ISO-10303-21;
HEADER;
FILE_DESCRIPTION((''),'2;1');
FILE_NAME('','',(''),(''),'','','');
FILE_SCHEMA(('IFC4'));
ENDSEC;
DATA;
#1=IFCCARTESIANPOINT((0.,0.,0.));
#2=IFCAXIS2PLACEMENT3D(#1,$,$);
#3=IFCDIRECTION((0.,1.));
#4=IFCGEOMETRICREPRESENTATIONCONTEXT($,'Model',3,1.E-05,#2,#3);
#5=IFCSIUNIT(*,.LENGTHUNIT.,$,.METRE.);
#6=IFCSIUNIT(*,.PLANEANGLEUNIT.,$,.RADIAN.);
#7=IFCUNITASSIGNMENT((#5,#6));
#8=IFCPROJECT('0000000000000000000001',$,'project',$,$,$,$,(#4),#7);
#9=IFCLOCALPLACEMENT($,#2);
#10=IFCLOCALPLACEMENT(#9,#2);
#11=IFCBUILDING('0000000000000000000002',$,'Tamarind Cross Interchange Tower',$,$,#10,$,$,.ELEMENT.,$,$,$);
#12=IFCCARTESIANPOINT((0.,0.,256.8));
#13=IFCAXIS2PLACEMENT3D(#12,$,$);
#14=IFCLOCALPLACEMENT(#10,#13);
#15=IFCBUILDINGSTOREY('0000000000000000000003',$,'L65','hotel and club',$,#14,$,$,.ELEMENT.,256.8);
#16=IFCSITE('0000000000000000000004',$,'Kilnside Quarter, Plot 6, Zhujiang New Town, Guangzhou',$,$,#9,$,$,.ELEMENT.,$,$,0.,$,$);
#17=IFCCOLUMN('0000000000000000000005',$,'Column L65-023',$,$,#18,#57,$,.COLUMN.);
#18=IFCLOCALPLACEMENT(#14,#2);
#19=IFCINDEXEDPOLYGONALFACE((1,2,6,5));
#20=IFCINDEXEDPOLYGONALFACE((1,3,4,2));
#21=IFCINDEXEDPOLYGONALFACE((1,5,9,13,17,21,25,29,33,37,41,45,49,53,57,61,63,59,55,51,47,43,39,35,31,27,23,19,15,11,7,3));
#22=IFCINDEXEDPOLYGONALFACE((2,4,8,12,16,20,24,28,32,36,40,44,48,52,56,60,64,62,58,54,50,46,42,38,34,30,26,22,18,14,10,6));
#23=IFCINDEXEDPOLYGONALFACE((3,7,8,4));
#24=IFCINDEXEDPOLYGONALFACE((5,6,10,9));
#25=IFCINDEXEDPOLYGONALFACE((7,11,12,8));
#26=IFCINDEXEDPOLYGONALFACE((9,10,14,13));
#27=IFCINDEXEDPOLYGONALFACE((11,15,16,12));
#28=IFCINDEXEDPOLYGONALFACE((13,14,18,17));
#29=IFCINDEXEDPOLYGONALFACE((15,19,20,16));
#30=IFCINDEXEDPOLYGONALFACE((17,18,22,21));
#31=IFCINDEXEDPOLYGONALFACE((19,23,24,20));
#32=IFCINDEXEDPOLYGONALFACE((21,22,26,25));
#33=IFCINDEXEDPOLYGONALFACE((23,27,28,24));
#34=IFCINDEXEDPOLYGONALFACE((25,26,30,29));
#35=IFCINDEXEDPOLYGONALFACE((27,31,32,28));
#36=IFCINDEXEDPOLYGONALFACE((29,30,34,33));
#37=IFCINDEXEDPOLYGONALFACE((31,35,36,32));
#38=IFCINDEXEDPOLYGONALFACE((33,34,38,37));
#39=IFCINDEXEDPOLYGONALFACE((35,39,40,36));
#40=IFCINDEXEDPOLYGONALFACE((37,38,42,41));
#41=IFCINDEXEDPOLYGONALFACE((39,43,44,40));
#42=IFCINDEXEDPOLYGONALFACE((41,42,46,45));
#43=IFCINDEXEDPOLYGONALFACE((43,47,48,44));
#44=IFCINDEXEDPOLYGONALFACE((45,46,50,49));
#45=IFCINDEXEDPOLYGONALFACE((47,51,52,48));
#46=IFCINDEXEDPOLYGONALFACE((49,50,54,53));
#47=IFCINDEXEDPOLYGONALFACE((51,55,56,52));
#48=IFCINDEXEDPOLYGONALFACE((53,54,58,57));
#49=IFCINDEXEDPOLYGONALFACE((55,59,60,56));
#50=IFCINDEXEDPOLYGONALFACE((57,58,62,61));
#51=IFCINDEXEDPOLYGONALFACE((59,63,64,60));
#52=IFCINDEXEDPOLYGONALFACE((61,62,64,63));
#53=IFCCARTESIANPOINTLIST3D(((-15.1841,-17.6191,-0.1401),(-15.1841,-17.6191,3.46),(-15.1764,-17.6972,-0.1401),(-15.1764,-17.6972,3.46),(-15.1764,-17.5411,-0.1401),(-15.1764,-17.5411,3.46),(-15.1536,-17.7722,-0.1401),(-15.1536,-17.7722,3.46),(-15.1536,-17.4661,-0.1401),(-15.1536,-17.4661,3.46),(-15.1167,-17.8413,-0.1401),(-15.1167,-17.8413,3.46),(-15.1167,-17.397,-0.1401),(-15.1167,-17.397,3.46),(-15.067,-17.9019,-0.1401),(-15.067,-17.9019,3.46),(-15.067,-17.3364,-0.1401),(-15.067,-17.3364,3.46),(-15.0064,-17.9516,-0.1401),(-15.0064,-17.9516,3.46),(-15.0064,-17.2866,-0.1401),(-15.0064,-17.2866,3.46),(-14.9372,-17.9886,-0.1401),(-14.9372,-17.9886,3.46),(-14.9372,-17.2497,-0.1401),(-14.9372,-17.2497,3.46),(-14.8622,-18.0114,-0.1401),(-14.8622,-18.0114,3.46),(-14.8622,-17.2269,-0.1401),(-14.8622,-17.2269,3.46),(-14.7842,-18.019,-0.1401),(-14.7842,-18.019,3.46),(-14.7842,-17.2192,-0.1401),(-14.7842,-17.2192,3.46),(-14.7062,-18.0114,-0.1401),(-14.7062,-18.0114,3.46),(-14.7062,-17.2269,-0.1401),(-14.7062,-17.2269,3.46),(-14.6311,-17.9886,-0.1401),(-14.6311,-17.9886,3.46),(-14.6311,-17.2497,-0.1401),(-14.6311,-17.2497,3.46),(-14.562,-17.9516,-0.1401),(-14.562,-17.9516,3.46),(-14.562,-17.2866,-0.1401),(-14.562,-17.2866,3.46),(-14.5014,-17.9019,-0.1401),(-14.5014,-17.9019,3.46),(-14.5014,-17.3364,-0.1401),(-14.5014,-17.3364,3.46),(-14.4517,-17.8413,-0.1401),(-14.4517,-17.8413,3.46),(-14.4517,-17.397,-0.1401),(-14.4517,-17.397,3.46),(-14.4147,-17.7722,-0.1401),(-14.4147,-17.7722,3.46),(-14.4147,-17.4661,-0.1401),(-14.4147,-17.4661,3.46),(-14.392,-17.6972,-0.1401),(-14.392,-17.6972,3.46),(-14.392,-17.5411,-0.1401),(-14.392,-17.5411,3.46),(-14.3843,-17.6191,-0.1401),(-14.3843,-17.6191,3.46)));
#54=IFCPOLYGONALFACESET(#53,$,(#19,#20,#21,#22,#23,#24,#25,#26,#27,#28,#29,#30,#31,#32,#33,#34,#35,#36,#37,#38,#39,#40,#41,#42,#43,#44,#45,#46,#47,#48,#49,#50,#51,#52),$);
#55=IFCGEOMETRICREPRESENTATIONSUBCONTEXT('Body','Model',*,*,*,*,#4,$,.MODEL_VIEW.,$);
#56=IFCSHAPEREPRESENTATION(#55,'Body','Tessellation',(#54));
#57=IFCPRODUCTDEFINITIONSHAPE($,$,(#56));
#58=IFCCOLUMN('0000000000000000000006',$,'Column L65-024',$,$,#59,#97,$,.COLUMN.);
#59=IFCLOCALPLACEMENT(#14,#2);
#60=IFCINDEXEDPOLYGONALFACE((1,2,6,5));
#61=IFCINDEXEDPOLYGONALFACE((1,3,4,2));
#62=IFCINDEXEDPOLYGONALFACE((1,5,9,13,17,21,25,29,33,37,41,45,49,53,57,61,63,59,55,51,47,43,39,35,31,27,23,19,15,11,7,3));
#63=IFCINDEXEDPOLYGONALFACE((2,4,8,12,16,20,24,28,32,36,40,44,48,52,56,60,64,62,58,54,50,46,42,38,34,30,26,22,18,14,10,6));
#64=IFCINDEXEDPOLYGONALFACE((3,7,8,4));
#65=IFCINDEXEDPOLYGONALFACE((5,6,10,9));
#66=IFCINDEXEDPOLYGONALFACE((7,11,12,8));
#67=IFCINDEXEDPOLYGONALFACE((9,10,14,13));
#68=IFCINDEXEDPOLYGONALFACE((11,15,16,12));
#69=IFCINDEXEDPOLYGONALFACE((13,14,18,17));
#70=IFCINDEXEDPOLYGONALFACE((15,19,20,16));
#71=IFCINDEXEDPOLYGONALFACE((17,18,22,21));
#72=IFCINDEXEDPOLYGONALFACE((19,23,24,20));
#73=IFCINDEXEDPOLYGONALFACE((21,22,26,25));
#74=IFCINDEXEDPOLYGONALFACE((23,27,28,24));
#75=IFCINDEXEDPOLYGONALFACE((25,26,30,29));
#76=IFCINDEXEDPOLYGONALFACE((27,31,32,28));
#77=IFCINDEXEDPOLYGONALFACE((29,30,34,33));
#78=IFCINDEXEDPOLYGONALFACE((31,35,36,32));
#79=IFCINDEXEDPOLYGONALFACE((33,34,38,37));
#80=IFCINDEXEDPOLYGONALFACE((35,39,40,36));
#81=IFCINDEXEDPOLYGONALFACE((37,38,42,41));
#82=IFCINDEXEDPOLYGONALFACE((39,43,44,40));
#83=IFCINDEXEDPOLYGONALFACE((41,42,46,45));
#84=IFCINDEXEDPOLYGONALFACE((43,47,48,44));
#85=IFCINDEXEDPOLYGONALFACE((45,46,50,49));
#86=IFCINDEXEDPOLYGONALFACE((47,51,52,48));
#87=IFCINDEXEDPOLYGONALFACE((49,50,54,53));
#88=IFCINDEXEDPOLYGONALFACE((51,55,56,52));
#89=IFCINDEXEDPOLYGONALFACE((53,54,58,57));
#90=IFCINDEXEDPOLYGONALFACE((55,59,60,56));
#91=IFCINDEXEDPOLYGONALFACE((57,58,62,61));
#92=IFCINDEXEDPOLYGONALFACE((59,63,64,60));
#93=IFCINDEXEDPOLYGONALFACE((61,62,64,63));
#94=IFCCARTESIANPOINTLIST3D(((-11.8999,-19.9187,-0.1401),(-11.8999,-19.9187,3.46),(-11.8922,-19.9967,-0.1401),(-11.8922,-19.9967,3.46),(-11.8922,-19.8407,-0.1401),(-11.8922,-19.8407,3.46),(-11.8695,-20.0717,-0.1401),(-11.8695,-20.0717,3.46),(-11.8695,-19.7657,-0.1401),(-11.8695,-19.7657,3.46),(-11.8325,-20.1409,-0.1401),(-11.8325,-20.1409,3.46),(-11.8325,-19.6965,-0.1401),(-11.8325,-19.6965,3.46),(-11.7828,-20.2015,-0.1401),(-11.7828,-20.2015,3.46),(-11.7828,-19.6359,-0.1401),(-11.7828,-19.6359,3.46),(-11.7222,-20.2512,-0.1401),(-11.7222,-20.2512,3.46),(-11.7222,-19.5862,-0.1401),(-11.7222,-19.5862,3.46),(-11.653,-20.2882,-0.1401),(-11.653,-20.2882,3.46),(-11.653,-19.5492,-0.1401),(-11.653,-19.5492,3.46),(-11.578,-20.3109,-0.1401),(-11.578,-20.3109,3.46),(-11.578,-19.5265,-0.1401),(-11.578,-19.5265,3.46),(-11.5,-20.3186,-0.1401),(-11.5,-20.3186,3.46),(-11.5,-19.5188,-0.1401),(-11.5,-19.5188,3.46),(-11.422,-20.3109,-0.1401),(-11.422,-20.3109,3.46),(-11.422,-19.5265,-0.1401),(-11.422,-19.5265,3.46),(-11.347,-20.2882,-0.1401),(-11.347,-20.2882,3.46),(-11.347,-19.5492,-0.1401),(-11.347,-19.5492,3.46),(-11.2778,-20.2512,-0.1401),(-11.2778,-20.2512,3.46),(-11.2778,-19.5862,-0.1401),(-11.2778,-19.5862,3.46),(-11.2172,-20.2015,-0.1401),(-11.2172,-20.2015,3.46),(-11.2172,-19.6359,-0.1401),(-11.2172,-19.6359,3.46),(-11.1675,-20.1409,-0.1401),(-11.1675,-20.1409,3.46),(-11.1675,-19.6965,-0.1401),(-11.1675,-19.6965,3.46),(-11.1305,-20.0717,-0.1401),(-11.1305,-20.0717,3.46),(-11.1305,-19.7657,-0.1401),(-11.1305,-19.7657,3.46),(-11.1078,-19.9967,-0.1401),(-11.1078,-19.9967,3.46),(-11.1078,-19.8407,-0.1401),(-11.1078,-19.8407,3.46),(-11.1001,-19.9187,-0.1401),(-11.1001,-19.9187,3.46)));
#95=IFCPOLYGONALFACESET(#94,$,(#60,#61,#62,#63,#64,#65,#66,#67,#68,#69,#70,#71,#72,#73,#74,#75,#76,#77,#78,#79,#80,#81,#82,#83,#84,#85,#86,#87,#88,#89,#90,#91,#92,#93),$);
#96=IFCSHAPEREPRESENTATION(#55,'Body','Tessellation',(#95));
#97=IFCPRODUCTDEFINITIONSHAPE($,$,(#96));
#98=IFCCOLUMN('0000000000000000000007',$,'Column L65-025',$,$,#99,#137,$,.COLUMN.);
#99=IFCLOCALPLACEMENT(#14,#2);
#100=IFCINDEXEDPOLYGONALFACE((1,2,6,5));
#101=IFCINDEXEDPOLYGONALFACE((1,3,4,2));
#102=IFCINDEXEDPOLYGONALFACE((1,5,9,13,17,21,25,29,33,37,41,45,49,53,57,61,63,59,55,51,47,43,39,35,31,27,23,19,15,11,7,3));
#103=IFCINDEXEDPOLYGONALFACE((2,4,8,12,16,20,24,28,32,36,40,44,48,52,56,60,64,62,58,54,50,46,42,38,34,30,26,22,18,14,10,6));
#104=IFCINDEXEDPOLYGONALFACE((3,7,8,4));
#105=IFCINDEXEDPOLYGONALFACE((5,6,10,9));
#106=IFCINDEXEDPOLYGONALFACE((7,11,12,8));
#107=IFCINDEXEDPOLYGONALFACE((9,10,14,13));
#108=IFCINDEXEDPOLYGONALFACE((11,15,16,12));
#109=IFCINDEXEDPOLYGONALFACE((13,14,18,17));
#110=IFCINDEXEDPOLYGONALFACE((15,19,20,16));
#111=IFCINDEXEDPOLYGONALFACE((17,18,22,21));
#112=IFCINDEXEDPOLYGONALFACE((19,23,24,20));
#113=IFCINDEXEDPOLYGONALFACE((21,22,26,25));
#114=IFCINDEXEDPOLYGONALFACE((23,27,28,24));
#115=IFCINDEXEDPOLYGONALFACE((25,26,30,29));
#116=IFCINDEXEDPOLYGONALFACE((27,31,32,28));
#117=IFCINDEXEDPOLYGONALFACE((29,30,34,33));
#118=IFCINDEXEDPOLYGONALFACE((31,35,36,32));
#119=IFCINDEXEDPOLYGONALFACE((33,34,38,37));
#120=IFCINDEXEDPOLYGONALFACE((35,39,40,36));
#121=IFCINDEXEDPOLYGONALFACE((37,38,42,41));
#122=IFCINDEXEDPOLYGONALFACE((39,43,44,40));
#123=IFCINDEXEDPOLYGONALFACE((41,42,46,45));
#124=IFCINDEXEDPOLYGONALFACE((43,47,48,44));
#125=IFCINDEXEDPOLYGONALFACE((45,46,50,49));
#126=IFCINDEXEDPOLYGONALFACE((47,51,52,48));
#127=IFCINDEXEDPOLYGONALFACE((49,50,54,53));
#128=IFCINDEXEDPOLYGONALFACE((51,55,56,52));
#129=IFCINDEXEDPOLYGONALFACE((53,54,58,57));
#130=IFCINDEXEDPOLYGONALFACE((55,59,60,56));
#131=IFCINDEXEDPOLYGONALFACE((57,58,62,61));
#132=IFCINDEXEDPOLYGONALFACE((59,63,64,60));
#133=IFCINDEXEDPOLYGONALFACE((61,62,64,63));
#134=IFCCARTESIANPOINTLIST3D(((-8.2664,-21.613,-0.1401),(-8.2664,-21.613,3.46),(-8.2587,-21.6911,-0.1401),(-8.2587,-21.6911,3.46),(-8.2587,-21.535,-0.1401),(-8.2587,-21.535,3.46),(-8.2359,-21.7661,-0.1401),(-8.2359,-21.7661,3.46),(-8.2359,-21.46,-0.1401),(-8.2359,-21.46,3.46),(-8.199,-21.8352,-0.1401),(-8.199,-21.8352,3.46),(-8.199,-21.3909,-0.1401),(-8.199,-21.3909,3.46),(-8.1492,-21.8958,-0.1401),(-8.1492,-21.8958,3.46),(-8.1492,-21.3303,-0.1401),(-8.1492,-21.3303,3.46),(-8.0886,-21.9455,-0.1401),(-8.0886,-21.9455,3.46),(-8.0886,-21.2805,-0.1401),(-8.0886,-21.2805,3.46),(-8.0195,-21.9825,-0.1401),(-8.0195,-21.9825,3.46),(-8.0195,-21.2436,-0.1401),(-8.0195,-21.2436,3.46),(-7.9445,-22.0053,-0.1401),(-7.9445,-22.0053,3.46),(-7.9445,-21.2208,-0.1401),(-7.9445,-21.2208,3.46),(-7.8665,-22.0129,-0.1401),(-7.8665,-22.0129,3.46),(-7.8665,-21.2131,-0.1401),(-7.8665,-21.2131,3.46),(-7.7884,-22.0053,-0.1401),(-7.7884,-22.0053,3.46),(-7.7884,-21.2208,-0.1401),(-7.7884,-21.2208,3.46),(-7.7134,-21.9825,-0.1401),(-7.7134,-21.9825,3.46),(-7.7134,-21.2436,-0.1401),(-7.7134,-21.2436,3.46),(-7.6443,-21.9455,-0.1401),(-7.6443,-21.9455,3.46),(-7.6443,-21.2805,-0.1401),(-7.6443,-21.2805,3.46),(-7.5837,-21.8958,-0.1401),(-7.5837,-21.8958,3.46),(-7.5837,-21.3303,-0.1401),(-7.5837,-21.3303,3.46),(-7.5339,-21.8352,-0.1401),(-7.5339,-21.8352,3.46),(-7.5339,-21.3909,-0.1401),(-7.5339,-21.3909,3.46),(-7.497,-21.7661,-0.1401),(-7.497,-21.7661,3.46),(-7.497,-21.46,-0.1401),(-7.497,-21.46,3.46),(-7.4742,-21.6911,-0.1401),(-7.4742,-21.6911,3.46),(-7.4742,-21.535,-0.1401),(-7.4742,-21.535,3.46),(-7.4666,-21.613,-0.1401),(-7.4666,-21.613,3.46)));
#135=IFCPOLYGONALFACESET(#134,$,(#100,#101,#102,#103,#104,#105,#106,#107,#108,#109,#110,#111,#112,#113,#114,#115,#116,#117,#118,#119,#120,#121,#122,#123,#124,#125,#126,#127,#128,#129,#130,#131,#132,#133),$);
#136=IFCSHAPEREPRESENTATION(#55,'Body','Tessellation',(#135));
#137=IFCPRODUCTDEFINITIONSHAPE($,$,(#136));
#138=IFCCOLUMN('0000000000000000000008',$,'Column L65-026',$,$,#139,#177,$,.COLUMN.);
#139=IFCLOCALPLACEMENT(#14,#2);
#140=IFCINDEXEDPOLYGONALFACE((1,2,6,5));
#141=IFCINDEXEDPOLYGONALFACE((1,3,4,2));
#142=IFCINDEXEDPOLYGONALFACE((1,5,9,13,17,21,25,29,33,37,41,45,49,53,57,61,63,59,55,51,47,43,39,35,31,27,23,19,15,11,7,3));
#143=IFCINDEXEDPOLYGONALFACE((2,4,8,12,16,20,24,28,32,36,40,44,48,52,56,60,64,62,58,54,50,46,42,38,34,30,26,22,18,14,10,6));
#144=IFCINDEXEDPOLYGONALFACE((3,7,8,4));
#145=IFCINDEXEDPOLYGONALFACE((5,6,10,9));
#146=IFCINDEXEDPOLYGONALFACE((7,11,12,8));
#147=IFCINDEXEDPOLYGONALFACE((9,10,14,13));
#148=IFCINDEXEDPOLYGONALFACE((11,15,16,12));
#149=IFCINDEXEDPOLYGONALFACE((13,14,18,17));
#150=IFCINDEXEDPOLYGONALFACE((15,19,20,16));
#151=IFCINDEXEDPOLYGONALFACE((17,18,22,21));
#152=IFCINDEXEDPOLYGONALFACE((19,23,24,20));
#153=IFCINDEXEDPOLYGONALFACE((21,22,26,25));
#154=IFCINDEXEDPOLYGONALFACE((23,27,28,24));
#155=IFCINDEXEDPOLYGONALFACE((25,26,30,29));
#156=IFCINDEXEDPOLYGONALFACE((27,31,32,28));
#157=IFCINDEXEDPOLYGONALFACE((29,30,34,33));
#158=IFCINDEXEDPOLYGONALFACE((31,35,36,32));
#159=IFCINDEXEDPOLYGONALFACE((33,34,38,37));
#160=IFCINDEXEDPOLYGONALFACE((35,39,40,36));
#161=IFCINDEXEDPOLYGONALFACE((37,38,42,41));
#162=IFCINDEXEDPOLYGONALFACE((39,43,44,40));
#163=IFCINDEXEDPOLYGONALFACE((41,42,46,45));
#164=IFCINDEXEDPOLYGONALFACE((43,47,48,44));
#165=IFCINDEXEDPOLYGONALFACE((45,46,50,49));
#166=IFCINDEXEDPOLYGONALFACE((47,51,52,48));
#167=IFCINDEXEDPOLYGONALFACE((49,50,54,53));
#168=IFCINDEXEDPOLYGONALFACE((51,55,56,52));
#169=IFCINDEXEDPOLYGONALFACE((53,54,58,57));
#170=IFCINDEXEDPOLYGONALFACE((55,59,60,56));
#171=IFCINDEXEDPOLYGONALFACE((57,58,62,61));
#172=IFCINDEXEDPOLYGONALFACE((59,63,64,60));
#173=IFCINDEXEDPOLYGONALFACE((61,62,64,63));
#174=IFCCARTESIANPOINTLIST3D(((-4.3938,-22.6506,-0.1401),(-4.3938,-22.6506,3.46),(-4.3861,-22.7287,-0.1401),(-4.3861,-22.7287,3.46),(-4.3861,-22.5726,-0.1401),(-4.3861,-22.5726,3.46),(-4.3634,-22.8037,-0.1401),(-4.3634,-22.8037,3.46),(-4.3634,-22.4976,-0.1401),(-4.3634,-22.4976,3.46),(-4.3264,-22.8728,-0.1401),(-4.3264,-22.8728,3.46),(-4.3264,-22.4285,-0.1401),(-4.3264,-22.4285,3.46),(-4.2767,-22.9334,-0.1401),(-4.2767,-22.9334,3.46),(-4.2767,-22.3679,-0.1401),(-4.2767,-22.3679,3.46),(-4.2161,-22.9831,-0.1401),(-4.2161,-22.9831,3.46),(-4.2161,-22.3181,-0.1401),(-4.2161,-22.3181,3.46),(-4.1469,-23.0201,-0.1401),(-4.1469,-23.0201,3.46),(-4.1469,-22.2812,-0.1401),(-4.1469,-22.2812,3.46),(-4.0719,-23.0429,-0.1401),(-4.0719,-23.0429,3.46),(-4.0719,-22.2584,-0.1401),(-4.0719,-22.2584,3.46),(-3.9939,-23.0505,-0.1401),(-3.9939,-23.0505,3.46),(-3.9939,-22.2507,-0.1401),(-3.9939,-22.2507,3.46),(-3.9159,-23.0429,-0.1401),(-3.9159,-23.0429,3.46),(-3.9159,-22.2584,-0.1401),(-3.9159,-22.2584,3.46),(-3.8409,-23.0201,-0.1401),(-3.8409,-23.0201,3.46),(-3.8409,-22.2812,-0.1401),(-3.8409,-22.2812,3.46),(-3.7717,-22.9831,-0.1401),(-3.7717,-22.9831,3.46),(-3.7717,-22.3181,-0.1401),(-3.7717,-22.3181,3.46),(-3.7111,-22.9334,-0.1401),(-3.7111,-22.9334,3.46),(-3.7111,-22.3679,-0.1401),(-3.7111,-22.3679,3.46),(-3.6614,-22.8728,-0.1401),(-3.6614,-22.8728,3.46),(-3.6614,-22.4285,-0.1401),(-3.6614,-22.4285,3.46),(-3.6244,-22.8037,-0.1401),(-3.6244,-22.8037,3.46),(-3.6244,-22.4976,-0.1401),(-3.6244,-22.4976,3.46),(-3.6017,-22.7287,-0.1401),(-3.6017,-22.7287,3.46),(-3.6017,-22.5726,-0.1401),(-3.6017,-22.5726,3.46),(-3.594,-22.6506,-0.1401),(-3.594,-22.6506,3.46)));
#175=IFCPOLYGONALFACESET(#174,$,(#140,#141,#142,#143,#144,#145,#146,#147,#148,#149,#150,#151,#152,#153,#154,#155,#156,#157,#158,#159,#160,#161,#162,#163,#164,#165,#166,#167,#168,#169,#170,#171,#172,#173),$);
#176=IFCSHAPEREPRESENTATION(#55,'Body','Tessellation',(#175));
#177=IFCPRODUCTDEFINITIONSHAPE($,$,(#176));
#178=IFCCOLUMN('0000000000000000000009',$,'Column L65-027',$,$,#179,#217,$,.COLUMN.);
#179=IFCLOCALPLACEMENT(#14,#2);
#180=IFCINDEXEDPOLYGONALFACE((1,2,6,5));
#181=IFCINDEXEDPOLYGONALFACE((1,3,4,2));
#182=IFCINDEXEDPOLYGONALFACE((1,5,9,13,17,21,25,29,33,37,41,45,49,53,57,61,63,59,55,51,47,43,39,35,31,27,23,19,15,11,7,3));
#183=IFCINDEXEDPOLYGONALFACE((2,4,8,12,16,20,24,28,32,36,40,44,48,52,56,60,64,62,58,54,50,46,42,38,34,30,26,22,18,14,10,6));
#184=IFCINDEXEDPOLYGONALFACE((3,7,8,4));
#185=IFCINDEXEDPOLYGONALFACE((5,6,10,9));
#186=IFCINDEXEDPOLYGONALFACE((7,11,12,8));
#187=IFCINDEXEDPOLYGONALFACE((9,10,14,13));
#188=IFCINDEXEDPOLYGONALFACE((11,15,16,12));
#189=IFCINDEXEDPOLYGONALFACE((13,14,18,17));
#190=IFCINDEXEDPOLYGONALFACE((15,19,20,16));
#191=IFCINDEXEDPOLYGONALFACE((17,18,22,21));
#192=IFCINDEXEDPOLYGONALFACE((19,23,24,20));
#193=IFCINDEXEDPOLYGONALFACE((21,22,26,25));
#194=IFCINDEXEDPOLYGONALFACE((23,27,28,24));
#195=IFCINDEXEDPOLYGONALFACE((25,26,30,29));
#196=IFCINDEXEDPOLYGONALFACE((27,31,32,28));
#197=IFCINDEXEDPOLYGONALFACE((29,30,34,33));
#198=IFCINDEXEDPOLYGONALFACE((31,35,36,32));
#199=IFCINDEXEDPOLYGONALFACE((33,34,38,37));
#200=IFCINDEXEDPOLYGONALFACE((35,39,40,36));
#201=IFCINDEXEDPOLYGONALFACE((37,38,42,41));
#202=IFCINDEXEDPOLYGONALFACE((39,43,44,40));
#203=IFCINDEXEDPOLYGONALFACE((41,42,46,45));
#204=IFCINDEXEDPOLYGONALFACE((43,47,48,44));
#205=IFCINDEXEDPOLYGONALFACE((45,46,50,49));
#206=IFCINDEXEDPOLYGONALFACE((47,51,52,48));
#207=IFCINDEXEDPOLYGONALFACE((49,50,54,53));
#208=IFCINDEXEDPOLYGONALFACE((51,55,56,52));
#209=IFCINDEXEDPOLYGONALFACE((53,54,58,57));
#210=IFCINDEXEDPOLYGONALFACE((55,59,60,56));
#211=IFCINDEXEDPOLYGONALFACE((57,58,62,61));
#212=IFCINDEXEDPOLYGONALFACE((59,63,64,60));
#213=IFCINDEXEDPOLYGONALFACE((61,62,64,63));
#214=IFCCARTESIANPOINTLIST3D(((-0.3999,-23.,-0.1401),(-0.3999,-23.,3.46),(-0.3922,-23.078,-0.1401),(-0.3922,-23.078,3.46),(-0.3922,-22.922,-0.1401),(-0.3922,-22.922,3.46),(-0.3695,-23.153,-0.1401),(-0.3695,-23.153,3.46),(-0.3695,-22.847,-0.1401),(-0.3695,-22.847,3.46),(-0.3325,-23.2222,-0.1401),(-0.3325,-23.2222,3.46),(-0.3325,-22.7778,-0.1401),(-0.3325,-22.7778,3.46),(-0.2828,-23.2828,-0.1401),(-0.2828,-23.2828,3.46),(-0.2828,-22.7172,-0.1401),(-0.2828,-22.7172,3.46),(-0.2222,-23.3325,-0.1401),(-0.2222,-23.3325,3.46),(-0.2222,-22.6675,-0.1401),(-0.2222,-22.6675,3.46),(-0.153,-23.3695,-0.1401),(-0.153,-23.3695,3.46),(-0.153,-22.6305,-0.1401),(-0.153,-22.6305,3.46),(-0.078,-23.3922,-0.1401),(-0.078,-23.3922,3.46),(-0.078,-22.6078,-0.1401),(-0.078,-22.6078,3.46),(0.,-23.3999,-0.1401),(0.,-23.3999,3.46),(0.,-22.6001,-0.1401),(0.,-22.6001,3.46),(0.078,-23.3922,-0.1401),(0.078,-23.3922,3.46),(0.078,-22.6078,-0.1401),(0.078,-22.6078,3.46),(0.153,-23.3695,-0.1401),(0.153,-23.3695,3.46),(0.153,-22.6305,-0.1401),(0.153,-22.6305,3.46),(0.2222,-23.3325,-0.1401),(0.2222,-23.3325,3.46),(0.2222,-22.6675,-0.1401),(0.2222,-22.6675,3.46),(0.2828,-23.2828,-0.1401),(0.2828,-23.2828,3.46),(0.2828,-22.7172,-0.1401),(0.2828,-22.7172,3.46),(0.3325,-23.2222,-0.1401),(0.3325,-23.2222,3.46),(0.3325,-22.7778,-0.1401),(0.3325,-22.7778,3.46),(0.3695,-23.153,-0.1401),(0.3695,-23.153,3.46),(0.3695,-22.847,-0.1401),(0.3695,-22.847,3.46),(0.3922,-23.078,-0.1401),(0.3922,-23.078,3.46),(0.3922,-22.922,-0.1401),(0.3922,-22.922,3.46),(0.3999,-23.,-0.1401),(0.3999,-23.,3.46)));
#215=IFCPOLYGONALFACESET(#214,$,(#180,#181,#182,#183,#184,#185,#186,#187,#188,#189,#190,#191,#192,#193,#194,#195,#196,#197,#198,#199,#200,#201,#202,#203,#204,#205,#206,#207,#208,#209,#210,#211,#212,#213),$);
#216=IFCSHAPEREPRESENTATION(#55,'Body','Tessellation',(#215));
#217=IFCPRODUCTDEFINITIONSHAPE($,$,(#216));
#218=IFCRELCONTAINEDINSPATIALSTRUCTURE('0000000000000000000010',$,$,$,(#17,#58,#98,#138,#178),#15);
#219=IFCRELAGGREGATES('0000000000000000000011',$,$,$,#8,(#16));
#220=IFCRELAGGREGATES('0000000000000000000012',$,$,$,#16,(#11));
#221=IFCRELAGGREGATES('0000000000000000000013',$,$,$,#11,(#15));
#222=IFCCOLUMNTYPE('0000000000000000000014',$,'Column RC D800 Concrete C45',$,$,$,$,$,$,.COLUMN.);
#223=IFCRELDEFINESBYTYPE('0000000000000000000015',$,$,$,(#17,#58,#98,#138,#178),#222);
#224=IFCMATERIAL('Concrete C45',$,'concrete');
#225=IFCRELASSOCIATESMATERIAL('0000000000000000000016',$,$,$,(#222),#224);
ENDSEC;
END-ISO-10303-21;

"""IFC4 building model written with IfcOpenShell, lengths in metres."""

from ifc_helpers import new_model, si_unit, direction, frame, origin, origin_2d, place, context, subcontext, project, spatial, circle, extrude, material, material_profile, profile_set, type_object, element, save


model = new_model("IFC4")

# Units and contexts
model_context = context("Model", 3, precision=1e-05, world=origin(), true_north=direction((0.0, 1.0)))
body_context = subcontext(model_context, "Body", "Model", "MODEL_VIEW")
ifc_project = project(units=[si_unit("LENGTHUNIT", "METRE"), si_unit("PLANEANGLEUNIT", "RADIAN")], contexts=[model_context])

# Site, building, storey
site_placement = place(None, origin())
site = spatial("IfcSite", under=ifc_project, at=site_placement, Name="Kilnside Quarter, Plot 6, Zhujiang New Town, Guangzhou", CompositionType="ELEMENT", RefElevation=0.0)
building_placement = place(site_placement, origin())
building = spatial("IfcBuilding", under=site, at=building_placement, Name="Tamarind Cross Interchange Tower", CompositionType="ELEMENT")
storey_placement = place(building_placement, frame((0.0, 0.0, 256.8)))
storey = spatial("IfcBuildingStorey", under=building, at=storey_placement, Name="L65", Description="hotel and club", CompositionType="ELEMENT", Elevation=256.8)

# Columns
ifc_material_1 = material(Name="Concrete C45", Category="concrete")
ifc_material_profile_1 = material_profile(ifc_material_1, circle(Radius=0.3999, at=origin_2d()), Name="RC D800")
ifc_profile_set_1 = profile_set([ifc_material_profile_1], Name="Concrete C45")
column_type = type_object("IfcColumnType", Name="Column RC D800 Concrete C45", PredefinedType="COLUMN", material=ifc_profile_set_1)
for number, where, z_axis, x_axis, name in (
    (1, (-14.7842, -17.6191, -0.1401), (0.0, 0.0, 1.0), (1.0, 0.0, 0.0), "Column L65-023"),
    (2, (-11.5, -19.9187, -0.1401), (0.0, 0.0, 1.0), (1.0, 0.0, 0.0), "Column L65-024"),
    (3, (-7.8665, -21.613, -0.1401), (0.0, 0.0, 1.0), (1.0, 0.0, 0.0), "Column L65-025"),
    (4, (-3.9939, -22.6506, -0.1401), (0.0, 0.0, 1.0), (1.0, 0.0, 0.0), "Column L65-026"),
    (5, (0.0, -23.0, -0.1401), (0.0, 0.0, 1.0), (1.0, 0.0, 0.0), "Column L65-027"),
):
    element("IfcColumn", number, at=place(storey_placement, frame(where, z_axis=z_axis, x_axis=x_axis)), inside=storey, type_object=column_type, Name=name, PredefinedType="COLUMN", context=body_context, shape_type="SweptSolid", body=[
        extrude(circle(Radius=0.3999, at=origin_2d()), origin(), (0.0, 0.0, 1.0), 3.6001),
    ])

save(model, "model.ifc")
